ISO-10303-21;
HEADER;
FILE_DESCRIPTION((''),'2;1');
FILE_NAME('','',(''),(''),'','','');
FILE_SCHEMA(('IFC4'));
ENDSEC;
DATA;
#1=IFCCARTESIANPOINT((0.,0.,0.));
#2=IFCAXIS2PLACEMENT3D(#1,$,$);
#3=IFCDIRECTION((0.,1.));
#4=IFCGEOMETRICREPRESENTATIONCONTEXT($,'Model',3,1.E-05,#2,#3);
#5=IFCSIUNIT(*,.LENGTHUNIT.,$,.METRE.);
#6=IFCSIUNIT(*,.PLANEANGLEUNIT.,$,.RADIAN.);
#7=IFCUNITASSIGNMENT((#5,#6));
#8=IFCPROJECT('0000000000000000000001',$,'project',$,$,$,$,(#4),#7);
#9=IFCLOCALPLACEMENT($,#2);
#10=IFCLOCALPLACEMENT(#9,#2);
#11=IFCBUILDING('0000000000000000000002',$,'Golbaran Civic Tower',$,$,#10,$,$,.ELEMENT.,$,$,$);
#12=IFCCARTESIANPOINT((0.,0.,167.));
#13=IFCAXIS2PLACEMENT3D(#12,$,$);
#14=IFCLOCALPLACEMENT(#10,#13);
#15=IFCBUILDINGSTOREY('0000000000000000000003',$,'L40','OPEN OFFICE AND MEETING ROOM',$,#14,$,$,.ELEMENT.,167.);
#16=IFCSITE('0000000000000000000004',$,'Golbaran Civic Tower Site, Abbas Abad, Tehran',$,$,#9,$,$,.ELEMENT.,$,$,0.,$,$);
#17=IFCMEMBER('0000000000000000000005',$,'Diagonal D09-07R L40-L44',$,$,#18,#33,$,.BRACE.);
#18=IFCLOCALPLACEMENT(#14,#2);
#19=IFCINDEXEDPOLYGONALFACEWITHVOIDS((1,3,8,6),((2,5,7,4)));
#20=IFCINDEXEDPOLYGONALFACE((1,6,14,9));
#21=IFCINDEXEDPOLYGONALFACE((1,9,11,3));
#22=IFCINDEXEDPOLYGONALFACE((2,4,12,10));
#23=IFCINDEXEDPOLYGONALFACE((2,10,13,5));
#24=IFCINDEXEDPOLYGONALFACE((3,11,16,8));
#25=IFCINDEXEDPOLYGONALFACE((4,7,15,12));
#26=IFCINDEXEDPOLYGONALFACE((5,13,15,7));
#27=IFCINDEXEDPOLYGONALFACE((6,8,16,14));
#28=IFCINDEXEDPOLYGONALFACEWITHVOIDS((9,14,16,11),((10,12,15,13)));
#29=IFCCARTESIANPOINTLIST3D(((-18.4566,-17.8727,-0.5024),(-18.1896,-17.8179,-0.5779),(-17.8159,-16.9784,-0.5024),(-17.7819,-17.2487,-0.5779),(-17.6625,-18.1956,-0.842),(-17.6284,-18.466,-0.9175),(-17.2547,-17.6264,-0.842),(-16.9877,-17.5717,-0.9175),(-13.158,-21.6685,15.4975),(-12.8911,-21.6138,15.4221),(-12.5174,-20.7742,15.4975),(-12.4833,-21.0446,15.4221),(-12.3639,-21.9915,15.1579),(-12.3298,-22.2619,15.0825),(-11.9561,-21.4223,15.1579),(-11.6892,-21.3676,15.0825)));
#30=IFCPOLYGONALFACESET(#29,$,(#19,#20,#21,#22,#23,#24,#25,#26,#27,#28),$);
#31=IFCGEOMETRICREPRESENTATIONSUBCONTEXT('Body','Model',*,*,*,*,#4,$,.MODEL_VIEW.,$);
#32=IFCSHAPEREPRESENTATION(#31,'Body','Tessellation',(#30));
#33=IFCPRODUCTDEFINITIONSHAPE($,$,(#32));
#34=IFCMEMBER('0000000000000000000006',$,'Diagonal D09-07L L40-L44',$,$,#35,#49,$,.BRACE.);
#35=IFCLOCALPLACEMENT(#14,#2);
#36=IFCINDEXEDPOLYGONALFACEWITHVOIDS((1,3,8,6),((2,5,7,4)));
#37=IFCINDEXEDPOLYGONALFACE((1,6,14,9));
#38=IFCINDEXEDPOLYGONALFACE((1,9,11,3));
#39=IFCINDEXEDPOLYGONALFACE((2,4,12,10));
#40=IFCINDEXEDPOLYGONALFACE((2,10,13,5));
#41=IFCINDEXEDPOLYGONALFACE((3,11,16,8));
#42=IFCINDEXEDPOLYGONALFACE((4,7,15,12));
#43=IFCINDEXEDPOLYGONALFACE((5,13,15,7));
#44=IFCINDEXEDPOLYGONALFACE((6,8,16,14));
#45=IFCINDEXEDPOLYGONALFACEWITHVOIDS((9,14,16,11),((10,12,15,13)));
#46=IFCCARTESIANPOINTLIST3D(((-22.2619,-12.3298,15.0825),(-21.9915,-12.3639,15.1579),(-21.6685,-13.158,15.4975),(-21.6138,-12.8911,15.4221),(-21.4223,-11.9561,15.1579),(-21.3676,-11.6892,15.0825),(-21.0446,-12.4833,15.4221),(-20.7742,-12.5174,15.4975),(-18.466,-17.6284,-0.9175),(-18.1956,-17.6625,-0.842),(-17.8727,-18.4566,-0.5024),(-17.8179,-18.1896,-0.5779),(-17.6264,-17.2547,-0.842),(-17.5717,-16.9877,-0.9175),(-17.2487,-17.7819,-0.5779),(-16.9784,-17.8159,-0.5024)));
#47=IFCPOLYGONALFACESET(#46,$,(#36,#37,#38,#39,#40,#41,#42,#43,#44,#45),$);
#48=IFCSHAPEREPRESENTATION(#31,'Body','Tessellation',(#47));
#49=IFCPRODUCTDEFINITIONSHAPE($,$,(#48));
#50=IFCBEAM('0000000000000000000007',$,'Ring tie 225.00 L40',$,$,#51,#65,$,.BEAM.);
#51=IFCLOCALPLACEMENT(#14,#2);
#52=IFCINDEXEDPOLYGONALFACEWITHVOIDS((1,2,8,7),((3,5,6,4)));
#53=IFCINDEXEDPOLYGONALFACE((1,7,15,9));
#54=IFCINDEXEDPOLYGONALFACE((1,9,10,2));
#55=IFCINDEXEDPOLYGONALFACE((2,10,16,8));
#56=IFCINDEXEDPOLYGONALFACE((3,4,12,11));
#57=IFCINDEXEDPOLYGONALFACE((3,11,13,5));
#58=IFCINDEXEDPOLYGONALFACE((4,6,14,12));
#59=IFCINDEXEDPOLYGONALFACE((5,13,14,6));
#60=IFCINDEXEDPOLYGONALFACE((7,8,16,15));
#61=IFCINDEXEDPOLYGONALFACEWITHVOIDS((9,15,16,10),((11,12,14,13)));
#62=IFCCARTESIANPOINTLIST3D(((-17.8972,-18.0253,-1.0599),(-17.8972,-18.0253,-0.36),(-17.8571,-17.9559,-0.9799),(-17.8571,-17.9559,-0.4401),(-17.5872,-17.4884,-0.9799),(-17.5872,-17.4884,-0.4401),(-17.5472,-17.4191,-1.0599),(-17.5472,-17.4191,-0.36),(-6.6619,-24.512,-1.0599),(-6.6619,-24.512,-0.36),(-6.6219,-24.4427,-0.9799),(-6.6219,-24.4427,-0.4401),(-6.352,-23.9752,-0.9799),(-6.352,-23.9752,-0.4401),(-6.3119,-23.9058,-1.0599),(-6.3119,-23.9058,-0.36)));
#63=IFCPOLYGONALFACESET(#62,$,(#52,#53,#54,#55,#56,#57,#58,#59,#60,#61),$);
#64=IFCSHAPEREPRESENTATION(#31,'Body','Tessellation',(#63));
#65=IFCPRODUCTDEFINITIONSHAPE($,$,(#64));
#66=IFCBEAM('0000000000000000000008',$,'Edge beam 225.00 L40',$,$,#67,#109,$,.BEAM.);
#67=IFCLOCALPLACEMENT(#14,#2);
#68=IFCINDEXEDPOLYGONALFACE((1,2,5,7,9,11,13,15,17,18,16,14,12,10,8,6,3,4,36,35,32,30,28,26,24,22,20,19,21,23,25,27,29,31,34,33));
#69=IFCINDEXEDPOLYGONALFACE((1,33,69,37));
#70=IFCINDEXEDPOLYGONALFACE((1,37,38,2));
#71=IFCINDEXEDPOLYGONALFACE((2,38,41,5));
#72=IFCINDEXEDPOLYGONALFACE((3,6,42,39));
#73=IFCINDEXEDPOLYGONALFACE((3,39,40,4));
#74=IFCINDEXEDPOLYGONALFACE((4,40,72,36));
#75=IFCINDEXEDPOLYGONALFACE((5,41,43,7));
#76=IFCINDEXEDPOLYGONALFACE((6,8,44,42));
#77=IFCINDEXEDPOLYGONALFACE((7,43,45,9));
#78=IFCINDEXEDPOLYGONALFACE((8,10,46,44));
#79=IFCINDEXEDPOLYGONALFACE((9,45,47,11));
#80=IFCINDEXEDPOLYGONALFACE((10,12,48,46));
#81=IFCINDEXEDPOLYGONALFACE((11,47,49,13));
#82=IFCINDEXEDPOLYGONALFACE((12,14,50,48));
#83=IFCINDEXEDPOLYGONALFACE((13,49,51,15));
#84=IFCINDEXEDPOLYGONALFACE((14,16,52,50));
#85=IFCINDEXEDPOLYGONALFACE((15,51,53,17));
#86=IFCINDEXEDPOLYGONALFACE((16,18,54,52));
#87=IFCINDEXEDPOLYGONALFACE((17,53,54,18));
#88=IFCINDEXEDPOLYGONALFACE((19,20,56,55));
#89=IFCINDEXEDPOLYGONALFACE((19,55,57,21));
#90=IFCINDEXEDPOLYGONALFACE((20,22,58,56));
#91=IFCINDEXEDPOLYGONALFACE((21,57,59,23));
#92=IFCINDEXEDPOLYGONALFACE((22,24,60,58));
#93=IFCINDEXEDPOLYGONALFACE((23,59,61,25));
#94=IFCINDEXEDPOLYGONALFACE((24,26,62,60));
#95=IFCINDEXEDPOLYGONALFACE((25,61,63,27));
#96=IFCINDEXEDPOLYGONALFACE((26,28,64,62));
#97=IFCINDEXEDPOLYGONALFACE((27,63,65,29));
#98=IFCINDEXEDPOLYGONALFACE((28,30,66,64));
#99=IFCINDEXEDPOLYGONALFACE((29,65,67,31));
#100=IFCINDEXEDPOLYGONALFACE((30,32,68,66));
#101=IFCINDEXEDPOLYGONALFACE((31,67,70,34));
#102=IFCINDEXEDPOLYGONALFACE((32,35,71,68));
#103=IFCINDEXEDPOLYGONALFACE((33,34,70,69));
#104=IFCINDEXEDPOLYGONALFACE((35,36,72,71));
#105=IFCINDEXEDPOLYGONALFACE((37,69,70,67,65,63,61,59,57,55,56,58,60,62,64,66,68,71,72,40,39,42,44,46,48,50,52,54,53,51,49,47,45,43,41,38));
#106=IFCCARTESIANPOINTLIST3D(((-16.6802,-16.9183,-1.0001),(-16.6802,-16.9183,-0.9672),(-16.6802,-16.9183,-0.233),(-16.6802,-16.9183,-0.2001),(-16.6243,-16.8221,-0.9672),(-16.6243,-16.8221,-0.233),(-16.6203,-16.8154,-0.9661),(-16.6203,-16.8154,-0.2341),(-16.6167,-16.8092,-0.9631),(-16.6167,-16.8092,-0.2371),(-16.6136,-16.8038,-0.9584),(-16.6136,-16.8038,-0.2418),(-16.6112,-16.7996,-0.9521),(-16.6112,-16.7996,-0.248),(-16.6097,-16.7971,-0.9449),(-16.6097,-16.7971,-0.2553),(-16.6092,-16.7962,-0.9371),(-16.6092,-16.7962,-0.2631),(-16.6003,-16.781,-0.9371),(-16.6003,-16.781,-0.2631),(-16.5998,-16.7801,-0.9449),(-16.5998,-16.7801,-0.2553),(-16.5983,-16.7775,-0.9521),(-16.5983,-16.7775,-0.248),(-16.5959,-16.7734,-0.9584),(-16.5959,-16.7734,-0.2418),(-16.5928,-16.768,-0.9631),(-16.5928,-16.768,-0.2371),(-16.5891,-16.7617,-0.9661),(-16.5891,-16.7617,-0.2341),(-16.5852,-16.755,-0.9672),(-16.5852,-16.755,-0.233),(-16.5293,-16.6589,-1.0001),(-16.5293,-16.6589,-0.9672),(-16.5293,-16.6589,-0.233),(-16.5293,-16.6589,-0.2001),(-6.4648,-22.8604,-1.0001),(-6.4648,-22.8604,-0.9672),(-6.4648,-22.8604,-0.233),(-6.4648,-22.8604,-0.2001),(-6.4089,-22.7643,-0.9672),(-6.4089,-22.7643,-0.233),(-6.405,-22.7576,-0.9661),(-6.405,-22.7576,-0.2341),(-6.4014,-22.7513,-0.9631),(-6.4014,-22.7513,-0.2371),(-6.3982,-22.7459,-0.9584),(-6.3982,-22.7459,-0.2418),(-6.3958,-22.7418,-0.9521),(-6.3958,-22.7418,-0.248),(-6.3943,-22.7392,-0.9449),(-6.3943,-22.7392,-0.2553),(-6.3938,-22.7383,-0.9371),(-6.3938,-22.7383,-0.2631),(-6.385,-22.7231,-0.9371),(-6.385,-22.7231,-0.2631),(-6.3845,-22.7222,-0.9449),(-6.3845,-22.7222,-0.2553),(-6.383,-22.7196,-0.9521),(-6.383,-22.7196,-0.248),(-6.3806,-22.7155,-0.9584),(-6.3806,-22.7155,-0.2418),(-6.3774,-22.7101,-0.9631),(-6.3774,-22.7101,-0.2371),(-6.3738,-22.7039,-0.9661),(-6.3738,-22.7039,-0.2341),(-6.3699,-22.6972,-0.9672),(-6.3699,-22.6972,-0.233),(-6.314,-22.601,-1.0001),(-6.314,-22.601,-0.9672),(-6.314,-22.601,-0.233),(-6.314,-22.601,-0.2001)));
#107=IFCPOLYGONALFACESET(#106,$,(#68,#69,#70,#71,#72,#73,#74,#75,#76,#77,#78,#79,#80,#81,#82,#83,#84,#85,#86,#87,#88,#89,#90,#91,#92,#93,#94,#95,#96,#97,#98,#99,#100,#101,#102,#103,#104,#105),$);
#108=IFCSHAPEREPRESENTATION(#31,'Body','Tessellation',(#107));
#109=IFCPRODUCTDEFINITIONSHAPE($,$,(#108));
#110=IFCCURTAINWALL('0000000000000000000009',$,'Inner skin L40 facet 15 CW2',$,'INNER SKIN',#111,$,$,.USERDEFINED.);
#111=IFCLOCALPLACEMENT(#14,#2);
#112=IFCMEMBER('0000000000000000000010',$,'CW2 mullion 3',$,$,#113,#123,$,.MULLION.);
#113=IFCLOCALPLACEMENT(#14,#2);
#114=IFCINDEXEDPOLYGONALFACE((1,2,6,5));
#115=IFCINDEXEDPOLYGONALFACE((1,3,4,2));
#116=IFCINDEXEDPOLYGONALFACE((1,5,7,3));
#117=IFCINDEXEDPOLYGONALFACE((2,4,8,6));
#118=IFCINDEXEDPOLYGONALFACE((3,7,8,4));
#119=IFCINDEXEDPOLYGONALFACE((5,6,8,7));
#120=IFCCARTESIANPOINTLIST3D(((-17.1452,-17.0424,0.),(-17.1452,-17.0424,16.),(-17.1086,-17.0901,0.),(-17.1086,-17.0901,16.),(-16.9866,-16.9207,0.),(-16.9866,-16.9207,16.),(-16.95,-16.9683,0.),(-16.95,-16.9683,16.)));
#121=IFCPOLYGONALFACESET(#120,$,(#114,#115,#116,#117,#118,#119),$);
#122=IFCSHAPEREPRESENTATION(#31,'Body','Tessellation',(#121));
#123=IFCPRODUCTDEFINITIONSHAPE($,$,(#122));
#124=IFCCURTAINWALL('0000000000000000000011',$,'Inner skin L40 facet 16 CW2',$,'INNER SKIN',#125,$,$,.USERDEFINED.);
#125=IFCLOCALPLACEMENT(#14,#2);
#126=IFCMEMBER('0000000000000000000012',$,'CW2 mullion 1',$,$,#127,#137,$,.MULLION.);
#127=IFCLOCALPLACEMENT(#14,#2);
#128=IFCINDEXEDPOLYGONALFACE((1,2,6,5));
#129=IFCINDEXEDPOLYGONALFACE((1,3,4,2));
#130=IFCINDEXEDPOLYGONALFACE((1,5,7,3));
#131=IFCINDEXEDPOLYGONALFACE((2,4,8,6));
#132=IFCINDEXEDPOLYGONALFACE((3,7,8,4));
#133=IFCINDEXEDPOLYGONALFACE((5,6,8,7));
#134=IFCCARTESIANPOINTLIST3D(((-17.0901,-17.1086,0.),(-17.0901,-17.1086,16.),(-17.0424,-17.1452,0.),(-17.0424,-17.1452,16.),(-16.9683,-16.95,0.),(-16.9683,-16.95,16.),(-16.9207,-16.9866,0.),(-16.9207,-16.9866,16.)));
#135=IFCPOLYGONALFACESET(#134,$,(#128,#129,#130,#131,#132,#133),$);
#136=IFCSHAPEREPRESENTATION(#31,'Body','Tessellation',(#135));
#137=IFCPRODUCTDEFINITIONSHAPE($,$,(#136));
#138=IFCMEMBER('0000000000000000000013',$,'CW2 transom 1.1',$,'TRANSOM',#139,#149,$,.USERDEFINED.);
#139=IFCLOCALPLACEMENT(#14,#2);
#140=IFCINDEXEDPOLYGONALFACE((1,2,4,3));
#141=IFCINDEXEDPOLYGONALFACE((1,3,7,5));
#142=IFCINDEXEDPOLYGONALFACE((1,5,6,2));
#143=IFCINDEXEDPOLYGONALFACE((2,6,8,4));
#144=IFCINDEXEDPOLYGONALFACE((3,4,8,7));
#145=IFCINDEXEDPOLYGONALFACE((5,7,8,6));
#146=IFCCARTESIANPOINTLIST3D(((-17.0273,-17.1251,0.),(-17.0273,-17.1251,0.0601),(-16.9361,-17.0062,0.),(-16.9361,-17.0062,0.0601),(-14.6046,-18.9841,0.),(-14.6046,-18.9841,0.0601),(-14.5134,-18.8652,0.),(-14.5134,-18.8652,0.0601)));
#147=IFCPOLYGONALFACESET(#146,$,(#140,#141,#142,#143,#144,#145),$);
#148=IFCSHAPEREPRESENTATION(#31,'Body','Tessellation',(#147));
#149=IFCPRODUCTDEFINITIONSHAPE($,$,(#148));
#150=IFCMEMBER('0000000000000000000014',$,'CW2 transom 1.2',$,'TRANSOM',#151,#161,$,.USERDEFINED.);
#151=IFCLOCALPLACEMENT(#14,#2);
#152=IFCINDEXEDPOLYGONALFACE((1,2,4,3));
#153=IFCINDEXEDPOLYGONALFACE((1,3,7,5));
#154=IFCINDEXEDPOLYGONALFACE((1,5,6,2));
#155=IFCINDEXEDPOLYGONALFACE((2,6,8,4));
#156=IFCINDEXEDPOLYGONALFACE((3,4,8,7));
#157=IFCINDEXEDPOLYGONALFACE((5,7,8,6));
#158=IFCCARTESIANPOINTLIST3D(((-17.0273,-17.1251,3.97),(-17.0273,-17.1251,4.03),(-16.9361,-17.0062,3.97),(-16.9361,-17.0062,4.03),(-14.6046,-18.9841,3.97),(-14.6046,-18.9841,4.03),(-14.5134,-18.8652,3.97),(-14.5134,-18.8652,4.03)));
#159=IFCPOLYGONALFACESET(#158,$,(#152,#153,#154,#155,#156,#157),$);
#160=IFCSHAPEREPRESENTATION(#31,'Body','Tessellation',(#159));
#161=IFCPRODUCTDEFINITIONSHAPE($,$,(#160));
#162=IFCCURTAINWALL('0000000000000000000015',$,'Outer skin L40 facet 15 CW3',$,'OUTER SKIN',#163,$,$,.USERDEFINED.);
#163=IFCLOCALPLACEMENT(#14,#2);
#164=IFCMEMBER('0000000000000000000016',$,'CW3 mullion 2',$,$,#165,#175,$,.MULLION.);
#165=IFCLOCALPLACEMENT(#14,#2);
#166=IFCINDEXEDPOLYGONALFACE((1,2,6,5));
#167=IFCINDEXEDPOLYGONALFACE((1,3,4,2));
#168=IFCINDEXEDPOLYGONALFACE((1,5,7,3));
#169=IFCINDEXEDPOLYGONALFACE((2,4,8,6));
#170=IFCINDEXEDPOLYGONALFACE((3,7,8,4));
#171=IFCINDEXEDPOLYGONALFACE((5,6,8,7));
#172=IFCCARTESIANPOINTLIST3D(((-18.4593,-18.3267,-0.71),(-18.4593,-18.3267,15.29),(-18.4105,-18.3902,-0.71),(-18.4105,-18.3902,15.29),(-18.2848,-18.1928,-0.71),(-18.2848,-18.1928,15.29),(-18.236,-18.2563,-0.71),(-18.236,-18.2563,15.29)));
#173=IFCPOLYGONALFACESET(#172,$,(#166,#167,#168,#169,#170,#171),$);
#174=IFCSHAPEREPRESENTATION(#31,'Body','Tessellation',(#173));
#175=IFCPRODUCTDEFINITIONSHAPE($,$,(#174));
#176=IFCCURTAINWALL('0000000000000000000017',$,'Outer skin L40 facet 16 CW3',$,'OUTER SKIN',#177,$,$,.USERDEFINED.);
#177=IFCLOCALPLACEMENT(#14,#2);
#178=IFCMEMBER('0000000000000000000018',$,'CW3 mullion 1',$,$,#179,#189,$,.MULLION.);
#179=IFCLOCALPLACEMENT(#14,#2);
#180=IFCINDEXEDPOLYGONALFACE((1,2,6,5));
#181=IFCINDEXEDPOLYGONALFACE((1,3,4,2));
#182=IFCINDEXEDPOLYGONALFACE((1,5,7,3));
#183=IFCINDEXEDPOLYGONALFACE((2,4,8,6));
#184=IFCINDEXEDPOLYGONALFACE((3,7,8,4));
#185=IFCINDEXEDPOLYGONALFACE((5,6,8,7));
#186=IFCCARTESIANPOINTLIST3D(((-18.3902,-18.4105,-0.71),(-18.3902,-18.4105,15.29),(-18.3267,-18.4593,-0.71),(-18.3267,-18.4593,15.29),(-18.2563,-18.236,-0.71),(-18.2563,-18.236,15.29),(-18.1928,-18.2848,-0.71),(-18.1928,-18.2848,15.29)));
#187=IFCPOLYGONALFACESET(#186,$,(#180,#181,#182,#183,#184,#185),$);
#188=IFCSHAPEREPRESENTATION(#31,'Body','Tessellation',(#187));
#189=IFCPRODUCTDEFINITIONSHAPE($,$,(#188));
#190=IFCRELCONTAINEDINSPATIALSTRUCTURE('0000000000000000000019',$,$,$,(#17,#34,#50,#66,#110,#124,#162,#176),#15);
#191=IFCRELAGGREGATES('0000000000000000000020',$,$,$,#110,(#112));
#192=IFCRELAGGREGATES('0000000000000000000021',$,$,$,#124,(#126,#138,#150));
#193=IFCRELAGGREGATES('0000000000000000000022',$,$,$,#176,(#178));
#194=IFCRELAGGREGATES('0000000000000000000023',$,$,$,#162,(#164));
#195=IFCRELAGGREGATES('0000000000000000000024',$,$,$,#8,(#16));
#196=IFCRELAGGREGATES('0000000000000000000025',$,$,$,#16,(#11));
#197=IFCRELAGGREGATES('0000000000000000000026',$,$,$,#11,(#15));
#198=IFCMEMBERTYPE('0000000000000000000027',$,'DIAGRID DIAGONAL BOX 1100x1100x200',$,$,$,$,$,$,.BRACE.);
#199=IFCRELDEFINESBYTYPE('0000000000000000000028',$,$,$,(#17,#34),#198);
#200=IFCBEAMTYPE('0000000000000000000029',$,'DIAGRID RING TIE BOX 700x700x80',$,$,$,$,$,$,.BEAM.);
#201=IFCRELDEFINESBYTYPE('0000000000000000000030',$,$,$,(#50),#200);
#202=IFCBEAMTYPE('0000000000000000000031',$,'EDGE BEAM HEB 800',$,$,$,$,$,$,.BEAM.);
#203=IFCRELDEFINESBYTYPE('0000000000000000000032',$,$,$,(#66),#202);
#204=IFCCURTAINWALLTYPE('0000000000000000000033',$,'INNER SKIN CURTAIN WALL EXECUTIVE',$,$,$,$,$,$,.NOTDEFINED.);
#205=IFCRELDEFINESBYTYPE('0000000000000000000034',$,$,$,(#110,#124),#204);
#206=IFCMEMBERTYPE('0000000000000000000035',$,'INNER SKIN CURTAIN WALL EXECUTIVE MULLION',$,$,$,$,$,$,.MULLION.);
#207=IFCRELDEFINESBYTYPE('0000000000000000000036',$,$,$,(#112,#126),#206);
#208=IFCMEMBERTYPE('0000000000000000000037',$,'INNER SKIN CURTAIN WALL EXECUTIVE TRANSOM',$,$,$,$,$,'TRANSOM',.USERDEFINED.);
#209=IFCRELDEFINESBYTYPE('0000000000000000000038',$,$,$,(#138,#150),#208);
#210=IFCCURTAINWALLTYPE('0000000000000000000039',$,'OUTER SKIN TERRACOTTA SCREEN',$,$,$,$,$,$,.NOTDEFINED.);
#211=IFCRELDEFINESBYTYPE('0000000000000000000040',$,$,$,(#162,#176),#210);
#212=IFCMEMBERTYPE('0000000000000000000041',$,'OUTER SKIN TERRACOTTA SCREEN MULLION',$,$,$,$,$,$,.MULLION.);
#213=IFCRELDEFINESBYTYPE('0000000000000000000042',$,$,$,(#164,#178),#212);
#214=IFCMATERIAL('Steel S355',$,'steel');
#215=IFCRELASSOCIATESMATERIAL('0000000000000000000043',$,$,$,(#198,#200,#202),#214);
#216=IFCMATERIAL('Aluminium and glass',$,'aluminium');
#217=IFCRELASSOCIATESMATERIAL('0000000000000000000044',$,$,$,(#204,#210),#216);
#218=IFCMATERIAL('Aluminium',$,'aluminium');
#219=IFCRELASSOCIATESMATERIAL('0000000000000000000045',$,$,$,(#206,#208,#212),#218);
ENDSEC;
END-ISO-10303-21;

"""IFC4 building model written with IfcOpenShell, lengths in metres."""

from ifc_helpers import new_model, si_unit, direction, frame, origin, origin_2d, place, context, subcontext, project, spatial, rectangle, hollow_rectangle, i_section, extrude, material, material_profile, profile_set, type_object, element, aggregate, save


model = new_model("IFC4")

# Units and contexts
model_context = context("Model", 3, precision=1e-05, world=origin(), true_north=direction((0.0, 1.0)))
body_context = subcontext(model_context, "Body", "Model", "MODEL_VIEW")
ifc_project = project(units=[si_unit("LENGTHUNIT", "METRE"), si_unit("PLANEANGLEUNIT", "RADIAN")], contexts=[model_context])

# Site, building, storey
site_placement = place(None, origin())
site = spatial("IfcSite", under=ifc_project, at=site_placement, Name="Golbaran Civic Tower Site, Abbas Abad, Tehran", CompositionType="ELEMENT", RefElevation=0.0)
building_placement = place(site_placement, origin())
building = spatial("IfcBuilding", under=site, at=building_placement, Name="Golbaran Civic Tower", CompositionType="ELEMENT")
storey_placement = place(building_placement, frame((0.0, 0.0, 167.0)))
storey = spatial("IfcBuildingStorey", under=building, at=storey_placement, Name="L40", Description="OPEN OFFICE AND MEETING ROOM", CompositionType="ELEMENT", Elevation=167.0)

# Members
ifc_material_1 = material(Name="Steel S355", Category="steel")
ifc_material_profile_1 = material_profile(ifc_material_1, hollow_rectangle(XDim=1.1001, YDim=1.1001, WallThickness=0.2, at=origin_2d()), Name="BOX 1100x1100x200")
ifc_profile_set_1 = profile_set([ifc_material_profile_1], Name="Steel S355")
member_type_1 = type_object("IfcMemberType", Name="DIAGRID DIAGONAL BOX 1100x1100x200", PredefinedType="BRACE", material=ifc_profile_set_1)
for number, where, z_axis, x_axis, name in (
    (1, (-17.7222, -17.7222, -0.71), (0.30669, -0.219712, 0.926104), (0.582375, 0.81292, 0.0), "Diagonal D09-07R L40-L44"),
    (2, (-17.7222, -17.7222, -0.71), (-0.219712, 0.30669, 0.926104), (-0.81292, -0.582375, 0.0), "Diagonal D09-07L L40-L44"),
):
    element("IfcMember", number, at=place(storey_placement, frame(where, z_axis=z_axis, x_axis=x_axis)), inside=storey, type_object=member_type_1, Name=name, PredefinedType="BRACE", context=body_context, shape_type="SweptSolid", body=[
        extrude(hollow_rectangle(XDim=1.1001, YDim=1.1001, WallThickness=0.2, at=origin_2d()), origin(), (0.0, 0.0, 1.0), 17.2766),
    ])

# Beams
ifc_material_profile_2 = material_profile(ifc_material_1, hollow_rectangle(XDim=0.7, YDim=0.7, WallThickness=0.0801, at=origin_2d()), Name="BOX 700x700x80")
ifc_profile_set_2 = profile_set([ifc_material_profile_2], Name="Steel S355")
beam_type_1 = type_object("IfcBeamType", Name="DIAGRID RING TIE BOX 700x700x80", PredefinedType="BEAM", material=ifc_profile_set_2)
beam_1_placement = place(storey_placement, frame((-17.7222, -17.7222, -0.71), z_axis=(0.866023, -0.500005, 0.0), x_axis=(0.500005, 0.866023, 0.0)))
element("IfcBeam", 3, at=beam_1_placement, inside=storey, type_object=beam_type_1, Name="Ring tie 225.00 L40", PredefinedType="BEAM", context=body_context, shape_type="SweptSolid", body=[
    extrude(hollow_rectangle(XDim=0.7, YDim=0.7, WallThickness=0.0801, at=origin_2d()), origin(), (0.0, 0.0, 1.0), 12.9734),
])
ifc_material_profile_3 = material_profile(ifc_material_1, i_section(OverallWidth=0.3, OverallDepth=0.8, WebThickness=0.0176, FlangeThickness=0.033, FilletRadius=0.03, at=origin_2d()), Name="HEB 800")
ifc_profile_set_3 = profile_set([ifc_material_profile_3], Name="Steel S355")
beam_type_2 = type_object("IfcBeamType", Name="EDGE BEAM HEB 800", PredefinedType="BEAM", material=ifc_profile_set_3)
beam_2_placement = place(storey_placement, frame((-16.6047, -16.7886, -0.6001), z_axis=(0.864397, -0.50281, 0.0), x_axis=(0.50281, 0.864397, 0.0)))
element("IfcBeam", 4, at=beam_2_placement, inside=storey, type_object=beam_type_2, Name="Edge beam 225.00 L40", PredefinedType="BEAM", context=body_context, shape_type="SweptSolid", body=[
    extrude(i_section(OverallWidth=0.3, OverallDepth=0.8, WebThickness=0.0176, FlangeThickness=0.033, FilletRadius=0.03, at=origin_2d()), origin(), (0.0, 0.0, 1.0), 11.8179),
])

# Curtain wall, member
ifc_material_2 = material(Name="Aluminium and glass", Category="aluminium")
curtain_wall_type_1 = type_object("IfcCurtainWallType", Name="INNER SKIN CURTAIN WALL EXECUTIVE", PredefinedType="NOTDEFINED", material=ifc_material_2)
curtain_wall_1_placement = place(storey_placement, origin())
curtain_wall_1 = element("IfcCurtainWall", 5, at=curtain_wall_1_placement, inside=storey, type_object=curtain_wall_type_1, Name="Inner skin L40 facet 15 CW2", ObjectType="INNER SKIN", PredefinedType="USERDEFINED")
ifc_material_3 = material(Name="Aluminium", Category="aluminium")
ifc_material_profile_4 = material_profile(ifc_material_3, rectangle(XDim=0.2, YDim=0.0601, at=origin_2d()), Name="INNER SKIN CURTAIN WALL EXECUTIVE MULLION")
ifc_profile_set_4 = profile_set([ifc_material_profile_4], Name="Aluminium")
member_type_2 = type_object("IfcMemberType", Name="INNER SKIN CURTAIN WALL EXECUTIVE MULLION", PredefinedType="MULLION", material=ifc_profile_set_4)
member_1_placement = place(storey_placement, frame((-17.0476, -17.0054, 0.0), z_axis=(0.0, 0.0, 1.0), x_axis=(0.793353, 0.608761, 0.0)))
member_1 = element("IfcMember", 6, at=member_1_placement, type_object=member_type_2, Name="CW2 mullion 3", PredefinedType="MULLION", context=body_context, shape_type="SweptSolid", body=[
    extrude(rectangle(XDim=0.2, YDim=0.0601, at=origin_2d()), origin(), (0.0, 0.0, 1.0), 16.0),
])

# Curtain wall, members
curtain_wall_2_placement = place(storey_placement, origin())
curtain_wall_2 = element("IfcCurtainWall", 7, at=curtain_wall_2_placement, inside=storey, type_object=curtain_wall_type_1, Name="Inner skin L40 facet 16 CW2", ObjectType="INNER SKIN", PredefinedType="USERDEFINED")
member_2_placement = place(storey_placement, frame((-17.0054, -17.0476, 0.0), z_axis=(0.0, 0.0, 1.0), x_axis=(0.608761, 0.793353, 0.0)))
member_2 = element("IfcMember", 8, at=member_2_placement, type_object=member_type_2, Name="CW2 mullion 1", PredefinedType="MULLION", context=body_context, shape_type="SweptSolid", body=[
    extrude(rectangle(XDim=0.2, YDim=0.0601, at=origin_2d()), origin(), (0.0, 0.0, 1.0), 16.0),
])
ifc_material_profile_5 = material_profile(ifc_material_3, rectangle(XDim=0.1499, YDim=0.0601, at=origin_2d()), Name="INNER SKIN CURTAIN WALL EXECUTIVE TRANSOM")
ifc_profile_set_5 = profile_set([ifc_material_profile_5], Name="Aluminium")
member_type_3 = type_object("IfcMemberType", Name="INNER SKIN CURTAIN WALL EXECUTIVE TRANSOM", ElementType="TRANSOM", PredefinedType="USERDEFINED", material=ifc_profile_set_5)
member_3_placement = place(storey_placement, frame((-16.9817, -17.0657, 0.03), z_axis=(0.793361, -0.608752, 0.0), x_axis=(0.608752, 0.793361, 0.0)))
member_3 = element("IfcMember", 9, at=member_3_placement, type_object=member_type_3, Name="CW2 transom 1.1", ObjectType="TRANSOM", PredefinedType="USERDEFINED", context=body_context, shape_type="SweptSolid", body=[
    extrude(rectangle(XDim=0.1499, YDim=0.0601, at=origin_2d()), origin(), (0.0, 0.0, 1.0), 3.0537),
])
member_4_placement = place(storey_placement, frame((-16.9817, -17.0657, 4.0), z_axis=(0.793361, -0.608752, 0.0), x_axis=(0.608752, 0.793361, 0.0)))
member_4 = element("IfcMember", 10, at=member_4_placement, type_object=member_type_3, Name="CW2 transom 1.2", ObjectType="TRANSOM", PredefinedType="USERDEFINED", context=body_context, shape_type="SweptSolid", body=[
    extrude(rectangle(XDim=0.1499, YDim=0.0601, at=origin_2d()), origin(), (0.0, 0.0, 1.0), 3.0537),
])

# Curtain wall, member
curtain_wall_type_2 = type_object("IfcCurtainWallType", Name="OUTER SKIN TERRACOTTA SCREEN", PredefinedType="NOTDEFINED", material=ifc_material_2)
curtain_wall_3_placement = place(storey_placement, origin())
curtain_wall_3 = element("IfcCurtainWall", 11, at=curtain_wall_3_placement, inside=storey, type_object=curtain_wall_type_2, Name="Outer skin L40 facet 15 CW3", ObjectType="OUTER SKIN", PredefinedType="USERDEFINED")
ifc_material_profile_6 = material_profile(ifc_material_3, rectangle(XDim=0.22, YDim=0.0801, at=origin_2d()), Name="OUTER SKIN TERRACOTTA SCREEN MULLION")
ifc_profile_set_6 = profile_set([ifc_material_profile_6], Name="Aluminium")
member_type_4 = type_object("IfcMemberType", Name="OUTER SKIN TERRACOTTA SCREEN MULLION", PredefinedType="MULLION", material=ifc_profile_set_6)
member_5_placement = place(storey_placement, frame((-18.3477, -18.2915, -0.71), z_axis=(0.0, 0.0, 1.0), x_axis=(0.793353, 0.608761, 0.0)))
member_5 = element("IfcMember", 12, at=member_5_placement, type_object=member_type_4, Name="CW3 mullion 2", PredefinedType="MULLION", context=body_context, shape_type="SweptSolid", body=[
    extrude(rectangle(XDim=0.22, YDim=0.0801, at=origin_2d()), origin(), (0.0, 0.0, 1.0), 16.0),
])

# Curtain wall, member
curtain_wall_4_placement = place(storey_placement, origin())
curtain_wall_4 = element("IfcCurtainWall", 13, at=curtain_wall_4_placement, inside=storey, type_object=curtain_wall_type_2, Name="Outer skin L40 facet 16 CW3", ObjectType="OUTER SKIN", PredefinedType="USERDEFINED")
member_6_placement = place(storey_placement, frame((-18.2915, -18.3477, -0.71), z_axis=(0.0, 0.0, 1.0), x_axis=(0.608761, 0.793353, 0.0)))
member_6 = element("IfcMember", 14, at=member_6_placement, type_object=member_type_4, Name="CW3 mullion 1", PredefinedType="MULLION", context=body_context, shape_type="SweptSolid", body=[
    extrude(rectangle(XDim=0.22, YDim=0.0801, at=origin_2d()), origin(), (0.0, 0.0, 1.0), 16.0),
])

aggregate(curtain_wall_1, [member_1])
aggregate(curtain_wall_2, [member_2, member_3, member_4])
aggregate(curtain_wall_4, [member_6])
aggregate(curtain_wall_3, [member_5])

save(model, "model.ifc")
